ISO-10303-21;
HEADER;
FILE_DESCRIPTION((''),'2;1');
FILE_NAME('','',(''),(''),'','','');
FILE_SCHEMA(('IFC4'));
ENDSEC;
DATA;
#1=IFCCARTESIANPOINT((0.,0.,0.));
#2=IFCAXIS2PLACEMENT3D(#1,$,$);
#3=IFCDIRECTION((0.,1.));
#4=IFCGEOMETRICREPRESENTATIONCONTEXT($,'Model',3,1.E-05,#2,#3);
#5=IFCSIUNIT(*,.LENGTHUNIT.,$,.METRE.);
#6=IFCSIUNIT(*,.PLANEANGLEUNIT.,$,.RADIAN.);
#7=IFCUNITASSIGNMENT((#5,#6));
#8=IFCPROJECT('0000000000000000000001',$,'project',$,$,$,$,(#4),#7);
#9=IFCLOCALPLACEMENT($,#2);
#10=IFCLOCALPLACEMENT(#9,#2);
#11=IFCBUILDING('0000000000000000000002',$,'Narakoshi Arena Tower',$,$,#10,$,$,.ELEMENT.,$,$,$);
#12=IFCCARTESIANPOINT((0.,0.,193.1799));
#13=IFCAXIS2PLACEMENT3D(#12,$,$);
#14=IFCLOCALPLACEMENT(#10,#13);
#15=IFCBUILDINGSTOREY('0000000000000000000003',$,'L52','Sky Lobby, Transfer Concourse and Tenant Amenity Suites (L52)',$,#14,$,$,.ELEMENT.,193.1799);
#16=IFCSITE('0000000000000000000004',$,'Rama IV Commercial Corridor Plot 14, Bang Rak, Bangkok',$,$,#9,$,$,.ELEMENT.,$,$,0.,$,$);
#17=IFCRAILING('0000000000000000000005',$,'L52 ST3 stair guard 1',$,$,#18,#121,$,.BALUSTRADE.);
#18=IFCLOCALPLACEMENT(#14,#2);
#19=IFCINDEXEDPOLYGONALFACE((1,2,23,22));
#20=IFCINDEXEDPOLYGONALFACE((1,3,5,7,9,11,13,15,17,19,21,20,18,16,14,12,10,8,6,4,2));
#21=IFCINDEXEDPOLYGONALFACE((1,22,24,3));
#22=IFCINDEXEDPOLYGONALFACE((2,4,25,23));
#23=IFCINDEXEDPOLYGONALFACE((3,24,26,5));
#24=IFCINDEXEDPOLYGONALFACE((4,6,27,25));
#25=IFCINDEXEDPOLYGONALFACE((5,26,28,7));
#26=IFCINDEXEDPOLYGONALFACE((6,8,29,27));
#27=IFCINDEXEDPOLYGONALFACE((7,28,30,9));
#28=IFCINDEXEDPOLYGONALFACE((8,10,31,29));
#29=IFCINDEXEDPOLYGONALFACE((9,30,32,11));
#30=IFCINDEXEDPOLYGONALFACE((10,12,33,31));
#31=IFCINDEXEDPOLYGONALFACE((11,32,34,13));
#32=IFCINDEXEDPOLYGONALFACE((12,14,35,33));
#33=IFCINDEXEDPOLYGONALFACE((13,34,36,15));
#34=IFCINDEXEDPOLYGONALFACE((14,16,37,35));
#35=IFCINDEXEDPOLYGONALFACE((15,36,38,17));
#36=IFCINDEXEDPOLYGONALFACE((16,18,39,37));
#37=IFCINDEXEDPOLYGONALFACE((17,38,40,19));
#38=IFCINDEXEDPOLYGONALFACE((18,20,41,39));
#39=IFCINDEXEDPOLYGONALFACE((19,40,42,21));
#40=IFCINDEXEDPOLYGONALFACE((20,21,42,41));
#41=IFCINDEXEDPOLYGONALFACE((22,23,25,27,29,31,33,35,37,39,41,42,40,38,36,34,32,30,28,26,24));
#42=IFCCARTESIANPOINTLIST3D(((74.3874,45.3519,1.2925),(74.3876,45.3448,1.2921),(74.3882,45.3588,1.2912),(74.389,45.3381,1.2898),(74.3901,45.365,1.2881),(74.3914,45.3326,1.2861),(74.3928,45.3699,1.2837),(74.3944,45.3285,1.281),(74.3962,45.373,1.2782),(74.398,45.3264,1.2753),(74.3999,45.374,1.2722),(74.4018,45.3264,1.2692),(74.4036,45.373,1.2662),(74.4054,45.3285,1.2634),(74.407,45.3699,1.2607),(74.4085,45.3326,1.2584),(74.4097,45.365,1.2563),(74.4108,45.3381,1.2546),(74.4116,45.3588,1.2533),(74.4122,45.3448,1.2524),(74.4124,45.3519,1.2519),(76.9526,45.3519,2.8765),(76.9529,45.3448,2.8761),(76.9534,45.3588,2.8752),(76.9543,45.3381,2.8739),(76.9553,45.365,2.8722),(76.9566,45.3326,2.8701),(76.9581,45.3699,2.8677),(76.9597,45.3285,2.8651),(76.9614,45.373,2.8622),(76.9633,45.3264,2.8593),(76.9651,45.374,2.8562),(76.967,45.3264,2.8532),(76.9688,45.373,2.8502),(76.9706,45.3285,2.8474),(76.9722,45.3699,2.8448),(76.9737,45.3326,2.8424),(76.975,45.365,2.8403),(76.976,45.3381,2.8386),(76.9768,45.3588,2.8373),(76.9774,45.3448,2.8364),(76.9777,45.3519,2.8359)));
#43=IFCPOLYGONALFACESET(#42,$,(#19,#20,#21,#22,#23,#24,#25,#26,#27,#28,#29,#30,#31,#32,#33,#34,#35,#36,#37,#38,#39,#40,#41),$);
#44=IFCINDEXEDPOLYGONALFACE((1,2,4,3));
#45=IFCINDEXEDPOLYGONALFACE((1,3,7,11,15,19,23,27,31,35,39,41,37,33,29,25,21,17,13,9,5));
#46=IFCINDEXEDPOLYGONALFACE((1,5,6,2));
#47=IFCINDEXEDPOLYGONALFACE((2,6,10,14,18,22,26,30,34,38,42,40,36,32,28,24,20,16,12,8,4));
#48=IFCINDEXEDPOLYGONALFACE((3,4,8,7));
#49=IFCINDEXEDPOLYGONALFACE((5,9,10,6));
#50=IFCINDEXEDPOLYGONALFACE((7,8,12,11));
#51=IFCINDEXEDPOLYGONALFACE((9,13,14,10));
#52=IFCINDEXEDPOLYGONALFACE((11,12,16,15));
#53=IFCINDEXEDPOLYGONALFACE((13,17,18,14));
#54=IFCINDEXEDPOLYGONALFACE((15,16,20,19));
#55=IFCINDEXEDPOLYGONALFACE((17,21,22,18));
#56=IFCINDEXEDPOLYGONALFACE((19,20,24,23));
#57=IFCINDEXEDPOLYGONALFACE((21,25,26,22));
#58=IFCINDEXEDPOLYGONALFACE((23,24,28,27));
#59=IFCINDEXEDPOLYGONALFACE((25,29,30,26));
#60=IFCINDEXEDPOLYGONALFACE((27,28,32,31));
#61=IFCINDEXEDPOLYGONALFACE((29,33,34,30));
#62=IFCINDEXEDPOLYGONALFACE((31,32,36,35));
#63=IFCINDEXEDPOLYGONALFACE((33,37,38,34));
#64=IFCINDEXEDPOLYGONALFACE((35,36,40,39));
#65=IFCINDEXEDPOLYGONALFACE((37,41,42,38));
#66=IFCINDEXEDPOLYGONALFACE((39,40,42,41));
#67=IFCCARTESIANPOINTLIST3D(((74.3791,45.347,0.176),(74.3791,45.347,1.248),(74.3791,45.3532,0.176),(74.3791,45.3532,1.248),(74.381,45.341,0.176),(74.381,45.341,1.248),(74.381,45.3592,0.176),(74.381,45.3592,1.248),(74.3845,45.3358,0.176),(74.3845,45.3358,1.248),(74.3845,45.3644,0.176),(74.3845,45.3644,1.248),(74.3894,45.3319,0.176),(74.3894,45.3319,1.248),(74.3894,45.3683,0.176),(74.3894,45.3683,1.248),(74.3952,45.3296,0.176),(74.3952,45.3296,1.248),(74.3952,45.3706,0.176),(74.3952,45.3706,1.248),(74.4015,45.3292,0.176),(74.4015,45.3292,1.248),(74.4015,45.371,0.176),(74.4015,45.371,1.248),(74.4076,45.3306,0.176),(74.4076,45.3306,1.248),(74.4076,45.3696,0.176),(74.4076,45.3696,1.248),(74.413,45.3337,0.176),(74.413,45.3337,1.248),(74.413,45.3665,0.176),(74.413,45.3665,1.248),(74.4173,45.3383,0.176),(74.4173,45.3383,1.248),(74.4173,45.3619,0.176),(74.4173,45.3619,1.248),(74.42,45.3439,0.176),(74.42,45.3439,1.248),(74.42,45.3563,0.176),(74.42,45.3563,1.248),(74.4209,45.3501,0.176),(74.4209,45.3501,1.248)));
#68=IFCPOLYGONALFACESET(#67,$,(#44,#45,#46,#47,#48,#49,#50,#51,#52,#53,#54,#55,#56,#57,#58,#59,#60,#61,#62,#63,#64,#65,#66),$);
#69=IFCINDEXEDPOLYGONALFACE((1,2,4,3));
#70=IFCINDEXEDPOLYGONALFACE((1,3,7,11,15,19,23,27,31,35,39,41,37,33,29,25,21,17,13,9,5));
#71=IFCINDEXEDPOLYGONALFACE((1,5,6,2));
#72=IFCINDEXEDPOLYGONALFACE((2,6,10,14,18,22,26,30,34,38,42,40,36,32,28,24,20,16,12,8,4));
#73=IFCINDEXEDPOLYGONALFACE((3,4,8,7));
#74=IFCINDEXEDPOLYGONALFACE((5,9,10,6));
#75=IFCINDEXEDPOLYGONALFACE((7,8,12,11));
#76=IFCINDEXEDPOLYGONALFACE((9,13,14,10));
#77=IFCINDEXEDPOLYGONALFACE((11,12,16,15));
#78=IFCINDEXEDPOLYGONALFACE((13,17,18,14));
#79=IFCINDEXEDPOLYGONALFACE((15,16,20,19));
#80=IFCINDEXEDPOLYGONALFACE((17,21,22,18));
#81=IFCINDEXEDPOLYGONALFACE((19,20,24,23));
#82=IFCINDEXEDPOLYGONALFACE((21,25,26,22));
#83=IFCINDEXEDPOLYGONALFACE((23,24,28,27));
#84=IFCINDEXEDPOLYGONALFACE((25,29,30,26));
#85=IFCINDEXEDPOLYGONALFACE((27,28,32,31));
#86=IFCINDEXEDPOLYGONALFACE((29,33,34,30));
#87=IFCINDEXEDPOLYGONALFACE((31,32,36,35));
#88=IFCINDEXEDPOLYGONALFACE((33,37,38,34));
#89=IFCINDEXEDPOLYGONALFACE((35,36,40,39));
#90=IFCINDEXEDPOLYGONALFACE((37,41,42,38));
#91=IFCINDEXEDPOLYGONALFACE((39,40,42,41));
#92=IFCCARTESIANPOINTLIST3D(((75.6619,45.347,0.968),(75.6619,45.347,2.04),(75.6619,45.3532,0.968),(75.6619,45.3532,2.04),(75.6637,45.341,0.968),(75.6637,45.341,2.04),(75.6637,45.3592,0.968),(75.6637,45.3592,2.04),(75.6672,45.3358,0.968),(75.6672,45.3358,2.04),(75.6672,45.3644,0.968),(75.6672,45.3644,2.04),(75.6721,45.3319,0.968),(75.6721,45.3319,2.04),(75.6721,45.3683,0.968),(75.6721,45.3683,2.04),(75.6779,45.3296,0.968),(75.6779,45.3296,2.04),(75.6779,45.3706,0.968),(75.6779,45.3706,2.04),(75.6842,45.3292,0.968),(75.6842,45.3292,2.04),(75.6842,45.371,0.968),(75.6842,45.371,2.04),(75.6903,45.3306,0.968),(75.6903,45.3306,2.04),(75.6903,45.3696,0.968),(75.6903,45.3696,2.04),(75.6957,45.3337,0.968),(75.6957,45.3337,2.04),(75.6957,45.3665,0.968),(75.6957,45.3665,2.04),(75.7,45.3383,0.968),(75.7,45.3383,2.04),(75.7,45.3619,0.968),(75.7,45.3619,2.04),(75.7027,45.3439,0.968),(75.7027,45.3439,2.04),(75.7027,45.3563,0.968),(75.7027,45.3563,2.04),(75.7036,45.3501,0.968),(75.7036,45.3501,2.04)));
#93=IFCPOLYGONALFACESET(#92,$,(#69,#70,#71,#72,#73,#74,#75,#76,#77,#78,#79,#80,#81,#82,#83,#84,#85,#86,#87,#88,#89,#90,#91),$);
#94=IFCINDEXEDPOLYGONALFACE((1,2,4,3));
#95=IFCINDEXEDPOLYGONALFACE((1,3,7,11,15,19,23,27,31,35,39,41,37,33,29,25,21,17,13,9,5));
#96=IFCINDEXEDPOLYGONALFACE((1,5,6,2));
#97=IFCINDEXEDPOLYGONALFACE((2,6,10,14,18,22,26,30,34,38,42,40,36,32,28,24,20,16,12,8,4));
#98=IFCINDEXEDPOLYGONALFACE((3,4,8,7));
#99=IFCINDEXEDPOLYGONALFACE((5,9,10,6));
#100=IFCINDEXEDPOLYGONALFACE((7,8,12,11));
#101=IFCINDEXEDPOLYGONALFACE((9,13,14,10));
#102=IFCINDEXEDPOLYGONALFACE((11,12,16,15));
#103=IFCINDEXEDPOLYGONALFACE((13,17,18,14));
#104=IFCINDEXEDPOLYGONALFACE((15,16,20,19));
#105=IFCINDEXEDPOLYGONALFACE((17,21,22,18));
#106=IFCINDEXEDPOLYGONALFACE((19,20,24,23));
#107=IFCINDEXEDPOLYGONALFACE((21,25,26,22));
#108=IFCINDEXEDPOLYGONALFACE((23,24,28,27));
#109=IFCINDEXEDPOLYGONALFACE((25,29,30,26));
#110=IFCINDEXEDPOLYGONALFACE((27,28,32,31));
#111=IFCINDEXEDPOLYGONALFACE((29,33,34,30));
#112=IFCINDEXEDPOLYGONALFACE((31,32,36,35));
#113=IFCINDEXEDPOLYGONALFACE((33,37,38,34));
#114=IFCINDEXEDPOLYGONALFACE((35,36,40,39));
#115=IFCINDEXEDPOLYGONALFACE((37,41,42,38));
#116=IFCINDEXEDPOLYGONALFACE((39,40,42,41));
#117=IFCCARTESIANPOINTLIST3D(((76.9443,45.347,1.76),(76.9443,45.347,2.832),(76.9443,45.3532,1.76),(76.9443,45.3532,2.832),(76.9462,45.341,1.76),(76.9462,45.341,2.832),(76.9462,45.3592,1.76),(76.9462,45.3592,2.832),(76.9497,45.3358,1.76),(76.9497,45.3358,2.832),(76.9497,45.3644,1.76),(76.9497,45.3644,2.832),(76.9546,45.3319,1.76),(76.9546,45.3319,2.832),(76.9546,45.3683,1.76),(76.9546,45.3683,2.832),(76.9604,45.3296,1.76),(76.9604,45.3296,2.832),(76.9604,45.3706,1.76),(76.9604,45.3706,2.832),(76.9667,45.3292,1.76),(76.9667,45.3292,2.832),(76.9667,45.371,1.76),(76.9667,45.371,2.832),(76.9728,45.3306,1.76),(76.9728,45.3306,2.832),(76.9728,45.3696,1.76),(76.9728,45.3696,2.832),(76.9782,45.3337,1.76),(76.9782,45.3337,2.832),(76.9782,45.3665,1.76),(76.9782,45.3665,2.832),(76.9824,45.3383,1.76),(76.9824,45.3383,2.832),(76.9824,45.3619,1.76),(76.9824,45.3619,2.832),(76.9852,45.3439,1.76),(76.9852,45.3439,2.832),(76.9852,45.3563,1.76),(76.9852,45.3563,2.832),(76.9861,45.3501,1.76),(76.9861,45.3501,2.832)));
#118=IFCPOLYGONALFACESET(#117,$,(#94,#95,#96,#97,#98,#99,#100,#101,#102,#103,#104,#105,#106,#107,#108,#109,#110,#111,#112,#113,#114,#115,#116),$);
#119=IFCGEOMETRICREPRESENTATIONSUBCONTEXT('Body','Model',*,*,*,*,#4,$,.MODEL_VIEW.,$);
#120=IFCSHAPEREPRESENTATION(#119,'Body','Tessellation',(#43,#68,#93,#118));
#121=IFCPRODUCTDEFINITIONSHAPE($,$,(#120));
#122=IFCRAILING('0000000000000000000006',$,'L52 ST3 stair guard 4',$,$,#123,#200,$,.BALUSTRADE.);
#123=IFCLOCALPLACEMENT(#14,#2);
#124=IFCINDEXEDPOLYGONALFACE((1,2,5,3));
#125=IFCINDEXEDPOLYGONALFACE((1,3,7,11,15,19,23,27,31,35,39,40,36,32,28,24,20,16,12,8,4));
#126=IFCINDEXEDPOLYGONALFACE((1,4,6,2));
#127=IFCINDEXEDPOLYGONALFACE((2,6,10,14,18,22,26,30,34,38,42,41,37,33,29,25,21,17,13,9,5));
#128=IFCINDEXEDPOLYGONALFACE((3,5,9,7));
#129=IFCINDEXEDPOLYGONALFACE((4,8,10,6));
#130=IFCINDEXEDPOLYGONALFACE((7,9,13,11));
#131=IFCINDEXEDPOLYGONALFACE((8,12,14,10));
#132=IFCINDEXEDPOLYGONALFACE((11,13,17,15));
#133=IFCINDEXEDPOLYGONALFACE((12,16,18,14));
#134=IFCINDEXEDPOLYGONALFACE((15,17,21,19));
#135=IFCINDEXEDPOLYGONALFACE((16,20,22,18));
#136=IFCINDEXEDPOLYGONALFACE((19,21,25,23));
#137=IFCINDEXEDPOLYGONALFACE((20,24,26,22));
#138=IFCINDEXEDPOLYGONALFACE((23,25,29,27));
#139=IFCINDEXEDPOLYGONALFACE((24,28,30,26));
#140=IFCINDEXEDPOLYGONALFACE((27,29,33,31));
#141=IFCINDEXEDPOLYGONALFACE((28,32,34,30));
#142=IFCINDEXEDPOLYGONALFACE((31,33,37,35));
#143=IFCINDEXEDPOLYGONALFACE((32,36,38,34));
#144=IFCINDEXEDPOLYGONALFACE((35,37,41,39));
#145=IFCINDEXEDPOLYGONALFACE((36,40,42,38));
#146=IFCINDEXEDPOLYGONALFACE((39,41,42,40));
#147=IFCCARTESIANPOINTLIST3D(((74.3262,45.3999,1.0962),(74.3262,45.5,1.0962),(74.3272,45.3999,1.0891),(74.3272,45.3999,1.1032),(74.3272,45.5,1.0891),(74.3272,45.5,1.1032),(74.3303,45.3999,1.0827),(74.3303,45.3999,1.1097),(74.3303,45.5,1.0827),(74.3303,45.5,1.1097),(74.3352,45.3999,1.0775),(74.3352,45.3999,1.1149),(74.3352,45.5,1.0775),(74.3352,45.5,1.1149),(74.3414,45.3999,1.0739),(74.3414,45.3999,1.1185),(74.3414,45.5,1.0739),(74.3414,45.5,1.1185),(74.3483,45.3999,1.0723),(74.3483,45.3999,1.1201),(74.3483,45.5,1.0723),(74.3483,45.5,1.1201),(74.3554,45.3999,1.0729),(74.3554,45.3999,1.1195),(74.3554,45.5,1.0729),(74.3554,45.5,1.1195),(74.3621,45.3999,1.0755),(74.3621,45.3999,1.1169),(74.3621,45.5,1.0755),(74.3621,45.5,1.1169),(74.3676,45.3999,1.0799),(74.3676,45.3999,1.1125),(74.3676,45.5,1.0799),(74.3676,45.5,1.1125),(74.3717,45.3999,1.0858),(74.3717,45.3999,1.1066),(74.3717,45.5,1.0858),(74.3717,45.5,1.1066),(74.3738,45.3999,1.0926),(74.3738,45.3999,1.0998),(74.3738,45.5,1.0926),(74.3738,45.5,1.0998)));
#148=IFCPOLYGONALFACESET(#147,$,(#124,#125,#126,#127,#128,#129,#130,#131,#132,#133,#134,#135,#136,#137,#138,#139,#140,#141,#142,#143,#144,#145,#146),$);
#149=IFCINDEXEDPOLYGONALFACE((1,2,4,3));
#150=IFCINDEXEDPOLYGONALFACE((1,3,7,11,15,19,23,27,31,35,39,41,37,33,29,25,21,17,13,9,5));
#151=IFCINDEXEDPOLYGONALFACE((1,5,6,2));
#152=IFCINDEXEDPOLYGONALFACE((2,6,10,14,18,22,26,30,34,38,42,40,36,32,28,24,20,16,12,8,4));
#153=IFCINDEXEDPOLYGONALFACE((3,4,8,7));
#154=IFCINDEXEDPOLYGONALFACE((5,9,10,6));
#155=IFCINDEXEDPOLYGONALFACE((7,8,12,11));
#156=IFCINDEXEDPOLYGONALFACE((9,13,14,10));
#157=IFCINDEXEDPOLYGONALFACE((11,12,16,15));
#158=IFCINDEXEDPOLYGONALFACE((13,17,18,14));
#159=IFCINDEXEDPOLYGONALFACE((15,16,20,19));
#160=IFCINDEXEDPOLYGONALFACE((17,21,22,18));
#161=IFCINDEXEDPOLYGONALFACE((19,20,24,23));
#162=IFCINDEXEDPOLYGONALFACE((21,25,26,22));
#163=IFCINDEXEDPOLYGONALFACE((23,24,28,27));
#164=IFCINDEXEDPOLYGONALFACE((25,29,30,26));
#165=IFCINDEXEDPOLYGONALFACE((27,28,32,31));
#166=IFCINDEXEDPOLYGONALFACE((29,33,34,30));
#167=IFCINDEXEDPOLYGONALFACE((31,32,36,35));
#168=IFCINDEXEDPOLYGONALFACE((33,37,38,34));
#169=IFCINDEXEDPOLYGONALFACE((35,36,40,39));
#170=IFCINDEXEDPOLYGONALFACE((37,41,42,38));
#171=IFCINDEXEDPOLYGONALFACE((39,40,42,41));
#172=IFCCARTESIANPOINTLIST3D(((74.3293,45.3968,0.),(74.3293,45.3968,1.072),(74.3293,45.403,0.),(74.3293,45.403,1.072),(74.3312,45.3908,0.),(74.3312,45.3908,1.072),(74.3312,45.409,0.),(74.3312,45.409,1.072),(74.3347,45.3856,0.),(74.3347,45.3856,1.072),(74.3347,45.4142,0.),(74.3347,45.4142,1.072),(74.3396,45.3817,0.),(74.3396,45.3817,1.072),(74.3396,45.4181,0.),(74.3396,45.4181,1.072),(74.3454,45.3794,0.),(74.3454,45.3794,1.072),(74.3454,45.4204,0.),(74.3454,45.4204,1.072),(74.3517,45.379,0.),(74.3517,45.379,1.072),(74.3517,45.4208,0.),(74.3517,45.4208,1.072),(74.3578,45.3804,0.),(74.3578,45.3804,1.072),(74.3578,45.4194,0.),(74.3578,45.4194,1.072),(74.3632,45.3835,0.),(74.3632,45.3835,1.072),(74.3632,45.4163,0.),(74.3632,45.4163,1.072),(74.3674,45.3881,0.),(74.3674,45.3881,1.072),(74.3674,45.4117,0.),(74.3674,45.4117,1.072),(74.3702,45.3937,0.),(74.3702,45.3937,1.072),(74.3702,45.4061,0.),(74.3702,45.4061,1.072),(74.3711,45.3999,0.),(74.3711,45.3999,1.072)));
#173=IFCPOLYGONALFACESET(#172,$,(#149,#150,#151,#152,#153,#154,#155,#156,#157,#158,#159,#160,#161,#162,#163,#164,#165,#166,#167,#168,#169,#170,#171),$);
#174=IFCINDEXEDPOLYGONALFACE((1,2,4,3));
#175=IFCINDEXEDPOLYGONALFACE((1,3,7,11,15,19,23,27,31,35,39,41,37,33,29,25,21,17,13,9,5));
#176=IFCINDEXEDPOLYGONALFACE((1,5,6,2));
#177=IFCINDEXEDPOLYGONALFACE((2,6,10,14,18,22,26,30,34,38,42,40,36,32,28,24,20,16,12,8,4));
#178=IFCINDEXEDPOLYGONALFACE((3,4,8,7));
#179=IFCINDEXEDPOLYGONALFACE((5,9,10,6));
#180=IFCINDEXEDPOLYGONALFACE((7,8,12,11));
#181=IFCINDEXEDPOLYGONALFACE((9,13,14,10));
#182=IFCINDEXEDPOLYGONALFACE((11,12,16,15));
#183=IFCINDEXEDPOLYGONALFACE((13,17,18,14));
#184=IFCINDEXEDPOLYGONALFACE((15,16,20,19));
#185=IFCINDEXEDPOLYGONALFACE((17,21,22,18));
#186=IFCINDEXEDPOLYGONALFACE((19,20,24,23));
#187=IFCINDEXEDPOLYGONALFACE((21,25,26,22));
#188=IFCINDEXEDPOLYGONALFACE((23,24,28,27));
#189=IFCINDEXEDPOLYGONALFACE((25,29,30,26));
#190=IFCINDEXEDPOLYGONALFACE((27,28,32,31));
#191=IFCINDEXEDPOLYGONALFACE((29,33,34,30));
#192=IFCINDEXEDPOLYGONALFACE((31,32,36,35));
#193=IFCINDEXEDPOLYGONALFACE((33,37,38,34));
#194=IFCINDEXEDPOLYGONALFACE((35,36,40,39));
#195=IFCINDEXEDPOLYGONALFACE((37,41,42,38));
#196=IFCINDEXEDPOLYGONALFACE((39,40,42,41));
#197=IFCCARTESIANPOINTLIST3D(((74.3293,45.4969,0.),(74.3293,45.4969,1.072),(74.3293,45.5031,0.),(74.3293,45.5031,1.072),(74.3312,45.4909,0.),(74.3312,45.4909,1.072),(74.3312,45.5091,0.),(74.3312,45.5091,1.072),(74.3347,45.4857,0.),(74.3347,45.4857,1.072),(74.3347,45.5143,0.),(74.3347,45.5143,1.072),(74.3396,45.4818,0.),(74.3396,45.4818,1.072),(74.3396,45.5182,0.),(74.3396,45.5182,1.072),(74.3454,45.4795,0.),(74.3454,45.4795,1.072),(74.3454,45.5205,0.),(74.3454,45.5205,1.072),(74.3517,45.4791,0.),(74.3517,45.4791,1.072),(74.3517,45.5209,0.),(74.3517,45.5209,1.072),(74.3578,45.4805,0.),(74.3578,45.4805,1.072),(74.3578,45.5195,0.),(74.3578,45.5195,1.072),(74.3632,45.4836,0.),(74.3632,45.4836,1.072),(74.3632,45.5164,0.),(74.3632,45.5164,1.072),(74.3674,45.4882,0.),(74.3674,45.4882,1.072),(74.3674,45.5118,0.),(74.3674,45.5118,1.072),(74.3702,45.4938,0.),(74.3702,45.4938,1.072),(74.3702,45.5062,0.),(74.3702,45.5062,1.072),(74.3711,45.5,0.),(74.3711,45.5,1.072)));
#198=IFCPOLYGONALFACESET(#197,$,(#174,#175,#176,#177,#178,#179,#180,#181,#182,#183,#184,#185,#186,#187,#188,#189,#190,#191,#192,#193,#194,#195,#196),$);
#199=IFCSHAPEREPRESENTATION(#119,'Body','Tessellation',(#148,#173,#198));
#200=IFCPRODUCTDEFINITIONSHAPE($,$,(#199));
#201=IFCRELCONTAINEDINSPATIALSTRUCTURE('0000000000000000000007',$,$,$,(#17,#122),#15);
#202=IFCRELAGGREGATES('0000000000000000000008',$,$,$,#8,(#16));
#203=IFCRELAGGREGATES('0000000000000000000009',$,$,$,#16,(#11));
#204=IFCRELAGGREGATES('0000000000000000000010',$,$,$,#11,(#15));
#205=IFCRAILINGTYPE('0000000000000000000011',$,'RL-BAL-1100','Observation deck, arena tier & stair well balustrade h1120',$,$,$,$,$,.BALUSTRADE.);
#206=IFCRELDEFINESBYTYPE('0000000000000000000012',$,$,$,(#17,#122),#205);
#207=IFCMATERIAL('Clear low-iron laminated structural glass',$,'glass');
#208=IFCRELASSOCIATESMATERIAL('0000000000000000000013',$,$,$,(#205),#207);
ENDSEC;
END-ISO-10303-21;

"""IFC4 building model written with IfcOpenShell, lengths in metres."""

from ifc_helpers import new_model, si_unit, direction, frame, origin, origin_2d, place, context, subcontext, project, spatial, circle, extrude, material, type_object, element, save


model = new_model("IFC4")

# Units and contexts
model_context = context("Model", 3, precision=1e-05, world=origin(), true_north=direction((0.0, 1.0)))
body_context = subcontext(model_context, "Body", "Model", "MODEL_VIEW")
ifc_project = project(units=[si_unit("LENGTHUNIT", "METRE"), si_unit("PLANEANGLEUNIT", "RADIAN")], contexts=[model_context])

# Site, building, storey
site_placement = place(None, origin())
site = spatial("IfcSite", under=ifc_project, at=site_placement, Name="Rama IV Commercial Corridor Plot 14, Bang Rak, Bangkok", CompositionType="ELEMENT", RefElevation=0.0)
building_placement = place(site_placement, origin())
building = spatial("IfcBuilding", under=site, at=building_placement, Name="Narakoshi Arena Tower", CompositionType="ELEMENT")
storey_placement = place(building_placement, frame((0.0, 0.0, 193.1799)))
storey = spatial("IfcBuildingStorey", under=building, at=storey_placement, Name="L52", Description="Sky Lobby, Transfer Concourse and Tenant Amenity Suites (L52)", CompositionType="ELEMENT", Elevation=193.1799)

# Railings
ifc_material_1 = material(Name="Clear low-iron laminated structural glass", Category="glass")
railing_type_1 = type_object("IfcRailingType", Name="RL-BAL-1100", Description="Observation deck, arena tier & stair well balustrade h1120", PredefinedType="BALUSTRADE", material=ifc_material_1)
railing_1_placement = place(storey_placement, frame((74.3999, 45.3501, 0.176)))
element("IfcRailing", 1, at=railing_1_placement, inside=storey, type_object=railing_type_1, Name="L52 ST3 stair guard 1", PredefinedType="BALUSTRADE", context=body_context, shape_type="SweptSolid", body=[
    extrude(circle(Radius=0.0239, at=origin_2d()), frame((0.0, 0.0, 1.0962), z_axis=(0.850857, 0.0, 0.525398), x_axis=(0.0, 1.0, 0.0)), (0.0, 0.0, 1.0), 3.0149),
    extrude(circle(Radius=0.021, at=origin_2d()), origin(), (0.0, 0.0, 1.0), 1.072),
    extrude(circle(Radius=0.021, at=origin_2d()), frame((1.2827, 0.0, 0.792)), (0.0, 0.0, 1.0), 1.072),
    extrude(circle(Radius=0.021, at=origin_2d()), frame((2.5652, 0.0, 1.584)), (0.0, 0.0, 1.0), 1.072),
])
railing_2_placement = place(storey_placement, frame((74.3501, 45.3999, 0.0)))
element("IfcRailing", 2, at=railing_2_placement, inside=storey, type_object=railing_type_1, Name="L52 ST3 stair guard 4", PredefinedType="BALUSTRADE", context=body_context, shape_type="SweptSolid", body=[
    extrude(circle(Radius=0.0239, at=origin_2d()), frame((0.0, 0.0, 1.0962), z_axis=(0.0, 1.0, 0.0), x_axis=(-1.0, 0.0, 0.0)), (0.0, 0.0, 1.0), 0.1001),
    extrude(circle(Radius=0.021, at=origin_2d()), origin(), (0.0, 0.0, 1.0), 1.072),
    extrude(circle(Radius=0.021, at=origin_2d()), frame((0.0, 0.1001, 0.0)), (0.0, 0.0, 1.0), 1.072),
])

save(model, "model.ifc")
